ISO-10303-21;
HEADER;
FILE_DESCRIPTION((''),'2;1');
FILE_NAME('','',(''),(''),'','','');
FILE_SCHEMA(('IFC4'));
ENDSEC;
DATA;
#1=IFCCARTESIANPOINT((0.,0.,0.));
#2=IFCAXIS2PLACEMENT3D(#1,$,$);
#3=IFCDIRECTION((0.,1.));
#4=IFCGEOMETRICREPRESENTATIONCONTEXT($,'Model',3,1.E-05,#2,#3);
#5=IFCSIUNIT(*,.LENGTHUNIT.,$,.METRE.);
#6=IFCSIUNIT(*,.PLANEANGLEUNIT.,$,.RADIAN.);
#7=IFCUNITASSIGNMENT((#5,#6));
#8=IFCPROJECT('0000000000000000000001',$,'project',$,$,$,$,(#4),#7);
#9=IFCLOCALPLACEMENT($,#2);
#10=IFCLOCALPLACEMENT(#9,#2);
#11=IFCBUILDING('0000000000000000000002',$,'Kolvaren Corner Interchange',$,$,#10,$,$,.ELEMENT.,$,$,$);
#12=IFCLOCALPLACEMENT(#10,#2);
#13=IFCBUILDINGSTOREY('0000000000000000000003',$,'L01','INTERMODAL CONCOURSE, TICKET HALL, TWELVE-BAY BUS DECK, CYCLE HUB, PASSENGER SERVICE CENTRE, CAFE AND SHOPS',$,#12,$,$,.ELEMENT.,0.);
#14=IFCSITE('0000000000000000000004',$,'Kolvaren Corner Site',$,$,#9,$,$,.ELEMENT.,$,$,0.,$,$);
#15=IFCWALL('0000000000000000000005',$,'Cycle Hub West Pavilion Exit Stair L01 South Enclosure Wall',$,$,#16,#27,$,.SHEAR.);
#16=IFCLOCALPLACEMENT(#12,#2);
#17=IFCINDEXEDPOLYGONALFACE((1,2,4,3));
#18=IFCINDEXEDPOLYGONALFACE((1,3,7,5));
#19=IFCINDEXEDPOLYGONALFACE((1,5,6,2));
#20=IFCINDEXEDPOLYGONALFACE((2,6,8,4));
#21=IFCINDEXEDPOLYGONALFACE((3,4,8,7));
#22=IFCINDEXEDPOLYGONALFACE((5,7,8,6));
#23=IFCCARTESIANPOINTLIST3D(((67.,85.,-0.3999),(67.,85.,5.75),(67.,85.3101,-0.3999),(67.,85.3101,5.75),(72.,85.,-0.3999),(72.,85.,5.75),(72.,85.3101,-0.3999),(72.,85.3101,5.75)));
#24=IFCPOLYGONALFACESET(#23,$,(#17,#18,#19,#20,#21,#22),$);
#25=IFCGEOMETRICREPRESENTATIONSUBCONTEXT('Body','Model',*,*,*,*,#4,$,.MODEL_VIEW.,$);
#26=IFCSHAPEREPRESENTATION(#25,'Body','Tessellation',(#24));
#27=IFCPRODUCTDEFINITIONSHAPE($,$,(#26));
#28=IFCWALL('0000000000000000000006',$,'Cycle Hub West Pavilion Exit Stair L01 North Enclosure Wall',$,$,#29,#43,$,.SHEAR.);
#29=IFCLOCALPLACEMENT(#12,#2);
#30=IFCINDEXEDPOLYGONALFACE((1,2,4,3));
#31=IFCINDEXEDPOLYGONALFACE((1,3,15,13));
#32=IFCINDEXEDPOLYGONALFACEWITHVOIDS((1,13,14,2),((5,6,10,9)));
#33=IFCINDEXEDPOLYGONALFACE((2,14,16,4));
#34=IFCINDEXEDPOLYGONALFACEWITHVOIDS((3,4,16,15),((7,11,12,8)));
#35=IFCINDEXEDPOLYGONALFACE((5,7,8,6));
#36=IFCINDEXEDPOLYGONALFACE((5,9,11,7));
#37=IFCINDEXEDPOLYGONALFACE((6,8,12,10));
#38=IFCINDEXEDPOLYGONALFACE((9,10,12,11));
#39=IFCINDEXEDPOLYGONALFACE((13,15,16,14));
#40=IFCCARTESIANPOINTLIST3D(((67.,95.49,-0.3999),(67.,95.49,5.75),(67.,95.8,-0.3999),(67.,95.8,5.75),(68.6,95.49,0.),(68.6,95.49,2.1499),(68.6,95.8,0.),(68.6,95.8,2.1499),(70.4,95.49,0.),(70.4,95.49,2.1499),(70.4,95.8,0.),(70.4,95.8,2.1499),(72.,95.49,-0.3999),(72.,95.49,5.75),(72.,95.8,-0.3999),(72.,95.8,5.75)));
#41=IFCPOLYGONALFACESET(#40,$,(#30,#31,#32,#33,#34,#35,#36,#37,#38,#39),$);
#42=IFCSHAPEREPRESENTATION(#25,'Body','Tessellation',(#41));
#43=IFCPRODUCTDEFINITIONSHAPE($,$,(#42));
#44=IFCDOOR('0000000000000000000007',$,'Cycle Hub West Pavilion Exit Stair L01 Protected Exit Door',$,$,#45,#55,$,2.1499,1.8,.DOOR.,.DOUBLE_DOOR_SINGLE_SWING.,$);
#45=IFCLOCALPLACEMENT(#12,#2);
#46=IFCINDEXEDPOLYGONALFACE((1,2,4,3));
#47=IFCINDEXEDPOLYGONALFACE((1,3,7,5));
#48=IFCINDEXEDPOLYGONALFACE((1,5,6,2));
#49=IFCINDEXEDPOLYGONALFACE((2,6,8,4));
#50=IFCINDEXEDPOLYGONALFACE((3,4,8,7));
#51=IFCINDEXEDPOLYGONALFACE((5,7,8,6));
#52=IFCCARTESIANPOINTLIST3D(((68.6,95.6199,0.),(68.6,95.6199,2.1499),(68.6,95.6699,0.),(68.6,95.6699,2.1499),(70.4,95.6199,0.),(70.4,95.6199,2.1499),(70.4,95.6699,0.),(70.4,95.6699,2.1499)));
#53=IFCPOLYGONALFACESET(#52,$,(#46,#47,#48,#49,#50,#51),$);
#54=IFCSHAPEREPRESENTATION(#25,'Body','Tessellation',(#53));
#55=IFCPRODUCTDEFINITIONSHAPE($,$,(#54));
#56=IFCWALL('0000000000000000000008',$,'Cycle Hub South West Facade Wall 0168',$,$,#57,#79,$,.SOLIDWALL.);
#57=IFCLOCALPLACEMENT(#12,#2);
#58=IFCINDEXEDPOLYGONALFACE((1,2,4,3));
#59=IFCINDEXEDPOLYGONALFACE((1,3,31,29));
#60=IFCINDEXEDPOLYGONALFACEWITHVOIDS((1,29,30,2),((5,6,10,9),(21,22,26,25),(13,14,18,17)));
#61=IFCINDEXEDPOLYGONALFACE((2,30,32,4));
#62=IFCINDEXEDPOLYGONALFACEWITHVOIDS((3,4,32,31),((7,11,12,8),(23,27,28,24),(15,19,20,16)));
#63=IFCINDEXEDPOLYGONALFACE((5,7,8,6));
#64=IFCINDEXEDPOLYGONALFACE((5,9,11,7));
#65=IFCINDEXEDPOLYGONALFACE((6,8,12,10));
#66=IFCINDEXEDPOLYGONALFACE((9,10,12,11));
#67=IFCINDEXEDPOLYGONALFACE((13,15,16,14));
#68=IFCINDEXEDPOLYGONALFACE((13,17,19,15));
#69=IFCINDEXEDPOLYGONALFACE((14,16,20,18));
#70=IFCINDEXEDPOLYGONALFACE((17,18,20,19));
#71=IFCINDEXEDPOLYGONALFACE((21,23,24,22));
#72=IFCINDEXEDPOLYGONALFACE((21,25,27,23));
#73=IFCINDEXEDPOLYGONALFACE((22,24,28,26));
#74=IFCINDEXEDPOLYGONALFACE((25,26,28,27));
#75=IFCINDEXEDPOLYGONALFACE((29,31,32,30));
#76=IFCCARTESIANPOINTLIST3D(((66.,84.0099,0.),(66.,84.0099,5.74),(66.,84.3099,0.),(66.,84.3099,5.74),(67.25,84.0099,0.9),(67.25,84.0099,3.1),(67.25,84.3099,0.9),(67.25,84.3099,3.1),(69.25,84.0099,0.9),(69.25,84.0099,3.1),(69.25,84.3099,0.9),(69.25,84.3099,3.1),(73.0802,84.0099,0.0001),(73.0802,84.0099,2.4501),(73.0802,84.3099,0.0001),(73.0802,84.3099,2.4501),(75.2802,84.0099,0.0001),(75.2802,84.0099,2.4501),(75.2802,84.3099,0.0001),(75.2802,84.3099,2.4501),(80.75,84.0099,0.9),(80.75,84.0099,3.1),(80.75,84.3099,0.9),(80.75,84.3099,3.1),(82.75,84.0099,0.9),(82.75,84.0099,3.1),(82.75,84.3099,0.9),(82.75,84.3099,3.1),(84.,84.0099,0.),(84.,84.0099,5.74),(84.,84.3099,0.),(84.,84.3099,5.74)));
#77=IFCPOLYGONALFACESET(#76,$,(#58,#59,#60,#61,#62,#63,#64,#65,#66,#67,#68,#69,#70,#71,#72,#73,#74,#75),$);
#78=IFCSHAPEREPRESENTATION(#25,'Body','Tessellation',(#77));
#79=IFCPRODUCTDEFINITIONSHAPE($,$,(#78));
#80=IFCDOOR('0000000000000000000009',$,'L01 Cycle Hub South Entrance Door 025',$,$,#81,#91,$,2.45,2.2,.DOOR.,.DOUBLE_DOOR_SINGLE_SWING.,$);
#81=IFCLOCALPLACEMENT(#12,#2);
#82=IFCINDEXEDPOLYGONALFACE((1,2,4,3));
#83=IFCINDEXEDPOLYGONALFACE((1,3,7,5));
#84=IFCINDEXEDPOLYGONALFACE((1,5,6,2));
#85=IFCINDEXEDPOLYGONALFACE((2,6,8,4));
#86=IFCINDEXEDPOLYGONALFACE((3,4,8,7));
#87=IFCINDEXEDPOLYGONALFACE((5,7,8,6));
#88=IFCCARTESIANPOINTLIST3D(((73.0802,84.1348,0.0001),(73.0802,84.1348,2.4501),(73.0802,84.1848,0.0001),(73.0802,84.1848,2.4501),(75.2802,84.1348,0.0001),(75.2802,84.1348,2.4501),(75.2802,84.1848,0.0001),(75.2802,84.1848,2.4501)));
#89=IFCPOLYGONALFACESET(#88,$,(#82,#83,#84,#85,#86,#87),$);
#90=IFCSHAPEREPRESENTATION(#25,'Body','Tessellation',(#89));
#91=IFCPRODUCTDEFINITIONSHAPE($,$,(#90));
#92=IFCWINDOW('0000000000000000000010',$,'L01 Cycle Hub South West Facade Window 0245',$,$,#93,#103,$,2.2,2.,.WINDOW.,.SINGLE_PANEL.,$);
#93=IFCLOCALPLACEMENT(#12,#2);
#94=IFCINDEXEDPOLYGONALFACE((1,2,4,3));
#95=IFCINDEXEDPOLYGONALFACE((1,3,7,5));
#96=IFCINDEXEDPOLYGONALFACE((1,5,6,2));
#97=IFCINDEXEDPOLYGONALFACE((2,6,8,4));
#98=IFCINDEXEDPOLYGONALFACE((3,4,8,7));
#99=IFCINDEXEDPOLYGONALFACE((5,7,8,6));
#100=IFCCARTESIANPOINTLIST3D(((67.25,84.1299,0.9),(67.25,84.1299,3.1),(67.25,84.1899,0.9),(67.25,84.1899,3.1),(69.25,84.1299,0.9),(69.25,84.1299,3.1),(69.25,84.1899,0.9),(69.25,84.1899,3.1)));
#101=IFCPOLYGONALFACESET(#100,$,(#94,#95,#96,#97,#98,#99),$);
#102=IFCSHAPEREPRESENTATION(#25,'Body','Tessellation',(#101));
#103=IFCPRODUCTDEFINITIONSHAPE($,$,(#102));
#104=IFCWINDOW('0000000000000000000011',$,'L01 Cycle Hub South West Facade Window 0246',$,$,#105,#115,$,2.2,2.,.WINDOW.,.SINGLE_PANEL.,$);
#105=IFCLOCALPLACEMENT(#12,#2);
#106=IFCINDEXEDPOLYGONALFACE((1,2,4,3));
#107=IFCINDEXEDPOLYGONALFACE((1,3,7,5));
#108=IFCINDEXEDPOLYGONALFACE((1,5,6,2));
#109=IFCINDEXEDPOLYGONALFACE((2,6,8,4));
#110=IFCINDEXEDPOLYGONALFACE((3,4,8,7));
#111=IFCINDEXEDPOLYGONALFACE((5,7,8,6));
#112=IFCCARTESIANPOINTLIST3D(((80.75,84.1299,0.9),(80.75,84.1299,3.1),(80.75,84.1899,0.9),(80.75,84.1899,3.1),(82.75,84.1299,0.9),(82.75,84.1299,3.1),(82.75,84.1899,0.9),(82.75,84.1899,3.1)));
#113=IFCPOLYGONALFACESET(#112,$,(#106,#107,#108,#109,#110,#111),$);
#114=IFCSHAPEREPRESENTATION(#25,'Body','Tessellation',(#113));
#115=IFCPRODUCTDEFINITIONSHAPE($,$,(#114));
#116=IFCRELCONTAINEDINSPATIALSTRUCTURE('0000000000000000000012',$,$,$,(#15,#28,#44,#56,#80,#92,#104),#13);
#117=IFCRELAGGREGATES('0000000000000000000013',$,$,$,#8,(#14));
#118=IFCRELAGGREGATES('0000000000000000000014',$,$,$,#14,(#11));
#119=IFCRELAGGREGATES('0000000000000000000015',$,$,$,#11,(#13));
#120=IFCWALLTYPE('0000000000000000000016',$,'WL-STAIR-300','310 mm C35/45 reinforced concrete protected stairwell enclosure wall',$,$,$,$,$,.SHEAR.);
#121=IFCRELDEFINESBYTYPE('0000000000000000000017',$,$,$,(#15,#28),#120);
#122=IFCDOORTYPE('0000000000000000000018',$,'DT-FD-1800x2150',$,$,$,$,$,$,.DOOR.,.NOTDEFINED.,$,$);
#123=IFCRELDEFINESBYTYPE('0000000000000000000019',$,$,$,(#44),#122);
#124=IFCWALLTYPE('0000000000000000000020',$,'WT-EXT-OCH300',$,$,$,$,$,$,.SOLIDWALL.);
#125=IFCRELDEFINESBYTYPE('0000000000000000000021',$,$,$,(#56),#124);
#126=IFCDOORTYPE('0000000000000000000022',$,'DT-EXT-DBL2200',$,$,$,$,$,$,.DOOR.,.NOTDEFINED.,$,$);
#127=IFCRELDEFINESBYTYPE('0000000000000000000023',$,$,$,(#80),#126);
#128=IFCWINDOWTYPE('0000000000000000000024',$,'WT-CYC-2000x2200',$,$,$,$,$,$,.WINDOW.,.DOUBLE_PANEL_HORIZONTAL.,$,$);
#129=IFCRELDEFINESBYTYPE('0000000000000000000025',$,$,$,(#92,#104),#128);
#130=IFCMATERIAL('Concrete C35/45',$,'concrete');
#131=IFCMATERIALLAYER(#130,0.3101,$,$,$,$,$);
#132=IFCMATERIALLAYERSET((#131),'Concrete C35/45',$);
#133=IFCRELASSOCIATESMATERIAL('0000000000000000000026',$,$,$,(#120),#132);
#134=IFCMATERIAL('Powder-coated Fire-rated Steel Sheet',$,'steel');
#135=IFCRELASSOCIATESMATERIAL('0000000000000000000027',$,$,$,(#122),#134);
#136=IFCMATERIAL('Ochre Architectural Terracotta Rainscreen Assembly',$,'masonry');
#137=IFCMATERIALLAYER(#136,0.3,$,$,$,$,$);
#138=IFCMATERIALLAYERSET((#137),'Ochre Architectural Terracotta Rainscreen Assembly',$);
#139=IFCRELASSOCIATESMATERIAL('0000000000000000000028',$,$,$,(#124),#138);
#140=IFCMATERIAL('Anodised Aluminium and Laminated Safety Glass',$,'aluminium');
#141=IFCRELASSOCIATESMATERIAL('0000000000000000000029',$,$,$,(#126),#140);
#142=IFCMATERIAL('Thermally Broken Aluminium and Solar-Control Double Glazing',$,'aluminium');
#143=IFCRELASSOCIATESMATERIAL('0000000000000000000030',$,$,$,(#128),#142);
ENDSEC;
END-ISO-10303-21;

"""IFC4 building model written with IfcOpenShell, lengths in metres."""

from ifc_helpers import new_model, si_unit, direction, frame, frame_2d, origin, place, context, subcontext, project, spatial, rectangle, extrude, material, layer, layer_set, type_object, element, fill, save


model = new_model("IFC4")

# Units and contexts
model_context = context("Model", 3, precision=1e-05, world=origin(), true_north=direction((0.0, 1.0)))
body_context = subcontext(model_context, "Body", "Model", "MODEL_VIEW")
ifc_project = project(units=[si_unit("LENGTHUNIT", "METRE"), si_unit("PLANEANGLEUNIT", "RADIAN")], contexts=[model_context])

# Site, building, storey
site_placement = place(None, origin())
site = spatial("IfcSite", under=ifc_project, at=site_placement, Name="Kolvaren Corner Site", CompositionType="ELEMENT", RefElevation=0.0)
building_placement = place(site_placement, origin())
building = spatial("IfcBuilding", under=site, at=building_placement, Name="Kolvaren Corner Interchange", CompositionType="ELEMENT")
storey_placement = place(building_placement, origin())
storey = spatial("IfcBuildingStorey", under=building, at=storey_placement, Name="L01", Description="INTERMODAL CONCOURSE, TICKET HALL, TWELVE-BAY BUS DECK, CYCLE HUB, PASSENGER SERVICE CENTRE, CAFE AND SHOPS", CompositionType="ELEMENT", Elevation=0.0)

# Wall
ifc_material_1 = material(Name="Concrete C35/45", Category="concrete")
ifc_layer_1 = layer(ifc_material_1, 0.3101)
ifc_layer_set_1 = layer_set([ifc_layer_1], Name="Concrete C35/45")
wall_type_1 = type_object("IfcWallType", Name="WL-STAIR-300", Description="310 mm C35/45 reinforced concrete protected stairwell enclosure wall", PredefinedType="SHEAR", material=ifc_layer_set_1)
wall_1_placement = place(storey_placement, frame((67.0, 85.155, -0.3999), z_axis=(0.0, 0.0, 1.0), x_axis=(1.0, 0.0, 0.0)))
element("IfcWall", 1, at=wall_1_placement, inside=storey, type_object=wall_type_1, Name="Cycle Hub West Pavilion Exit Stair L01 South Enclosure Wall", PredefinedType="SHEAR", context=body_context, shape_type="SweptSolid", body=[
    extrude(rectangle(XDim=5.0, YDim=0.3101, at=frame_2d((2.5, 0.0))), origin(), (0.0, 0.0, 1.0), 6.1499),
])

# Wall, opening, door
wall_2_placement = place(storey_placement, frame((67.0, 95.645, -0.3999), z_axis=(0.0, 0.0, 1.0), x_axis=(1.0, 0.0, 0.0)))
wall_2 = element("IfcWall", 2, at=wall_2_placement, inside=storey, type_object=wall_type_1, Name="Cycle Hub West Pavilion Exit Stair L01 North Enclosure Wall", PredefinedType="SHEAR", context=body_context, shape_type="SweptSolid", body=[
    extrude(rectangle(XDim=5.0, YDim=0.3101, at=frame_2d((2.5, 0.0))), origin(), (0.0, 0.0, 1.0), 6.1499),
])
opening_1_placement = place(wall_2_placement, frame((1.6001, 0.0, 0.3999)))
opening_1 = element("IfcOpeningElement", 3, at=opening_1_placement, cuts=wall_2, PredefinedType="OPENING", context=body_context, shape_type="SweptSolid", body=[
    extrude(rectangle(XDim=1.8, YDim=2.1499, at=frame_2d((0.8999, 1.075))), frame((0.0, 0.165, 0.0), z_axis=(0.0, -1.0, 0.0), x_axis=(1.0, 0.0, 0.0)), (0.0, 0.0, 1.0), 0.3301),
])
ifc_material_2 = material(Name="Powder-coated Fire-rated Steel Sheet", Category="steel")
door_type_1 = type_object("IfcDoorType", Name="DT-FD-1800x2150", OperationType="NOTDEFINED", PredefinedType="DOOR", material=ifc_material_2)
door_1_placement = place(opening_1_placement, origin())
door_1 = element("IfcDoor", 4, at=door_1_placement, inside=storey, type_object=door_type_1, Name="Cycle Hub West Pavilion Exit Stair L01 Protected Exit Door", OperationType="DOUBLE_DOOR_SINGLE_SWING", OverallHeight=2.1499, OverallWidth=1.8, PredefinedType="DOOR", context=body_context, shape_type="SweptSolid", body=[
    extrude(rectangle(XDim=1.8, YDim=2.1499, at=frame_2d((0.8999, 1.075))), frame((0.0, 0.0249, 0.0), z_axis=(0.0, -1.0, 0.0), x_axis=(1.0, 0.0, 0.0)), (0.0, 0.0, 1.0), 0.05),
])
fill(opening_1, door_1)

# Wall, openings, door, windows
ifc_material_3 = material(Name="Ochre Architectural Terracotta Rainscreen Assembly", Category="masonry")
ifc_layer_2 = layer(ifc_material_3, 0.3)
ifc_layer_set_2 = layer_set([ifc_layer_2], Name="Ochre Architectural Terracotta Rainscreen Assembly")
wall_type_2 = type_object("IfcWallType", Name="WT-EXT-OCH300", PredefinedType="SOLIDWALL", material=ifc_layer_set_2)
wall_3_placement = place(storey_placement, frame((66.0, 84.1599, 0.0), z_axis=(0.0, 0.0, 1.0), x_axis=(1.0, 0.0, 0.0)))
wall_3 = element("IfcWall", 5, at=wall_3_placement, inside=storey, type_object=wall_type_2, Name="Cycle Hub South West Facade Wall 0168", PredefinedType="SOLIDWALL", context=body_context, shape_type="SweptSolid", body=[
    extrude(rectangle(XDim=18.0, YDim=0.3, at=frame_2d((9.0, 0.0))), origin(), (0.0, 0.0, 1.0), 5.74),
])
opening_2_placement = place(wall_3_placement, frame((7.0801, 0.0, 0.0)))
opening_2 = element("IfcOpeningElement", 6, at=opening_2_placement, cuts=wall_3, PredefinedType="OPENING", context=body_context, shape_type="SweptSolid", body=[
    extrude(rectangle(XDim=2.2, YDim=2.45, at=frame_2d((1.1001, 1.2251))), frame((0.0, 0.1599, 0.0), z_axis=(0.0, -1.0, 0.0), x_axis=(1.0, 0.0, 0.0)), (0.0, 0.0, 1.0), 0.3201),
])
opening_3_placement = place(wall_3_placement, frame((1.25, 0.0, 0.8999)))
opening_3 = element("IfcOpeningElement", 7, at=opening_3_placement, cuts=wall_3, PredefinedType="OPENING", context=body_context, shape_type="SweptSolid", body=[
    extrude(rectangle(XDim=2.0, YDim=2.2, at=frame_2d((1.0, 1.1001))), frame((0.0, 0.1599, 0.0), z_axis=(0.0, -1.0, 0.0), x_axis=(1.0, 0.0, 0.0)), (0.0, 0.0, 1.0), 0.3201),
])
opening_4_placement = place(wall_3_placement, frame((14.75, 0.0, 0.8999)))
opening_4 = element("IfcOpeningElement", 8, at=opening_4_placement, cuts=wall_3, PredefinedType="OPENING", context=body_context, shape_type="SweptSolid", body=[
    extrude(rectangle(XDim=2.0, YDim=2.2, at=frame_2d((1.0, 1.1001))), frame((0.0, 0.1599, 0.0), z_axis=(0.0, -1.0, 0.0), x_axis=(1.0, 0.0, 0.0)), (0.0, 0.0, 1.0), 0.3201),
])
ifc_material_4 = material(Name="Anodised Aluminium and Laminated Safety Glass", Category="aluminium")
door_type_2 = type_object("IfcDoorType", Name="DT-EXT-DBL2200", OperationType="NOTDEFINED", PredefinedType="DOOR", material=ifc_material_4)
door_2_placement = place(opening_2_placement, origin())
door_2 = element("IfcDoor", 9, at=door_2_placement, inside=storey, type_object=door_type_2, Name="L01 Cycle Hub South Entrance Door 025", OperationType="DOUBLE_DOOR_SINGLE_SWING", OverallHeight=2.45, OverallWidth=2.2, PredefinedType="DOOR", context=body_context, shape_type="SweptSolid", body=[
    extrude(rectangle(XDim=2.2, YDim=2.45, at=frame_2d((1.1001, 1.2251))), frame((0.0, 0.0249, 0.0), z_axis=(0.0, -1.0, 0.0), x_axis=(1.0, 0.0, 0.0)), (0.0, 0.0, 1.0), 0.05),
])
fill(opening_2, door_2)
ifc_material_5 = material(Name="Thermally Broken Aluminium and Solar-Control Double Glazing", Category="aluminium")
window_type = type_object("IfcWindowType", Name="WT-CYC-2000x2200", PartitioningType="DOUBLE_PANEL_HORIZONTAL", PredefinedType="WINDOW", material=ifc_material_5)
window_1_placement = place(opening_3_placement, origin())
window_1 = element("IfcWindow", 10, at=window_1_placement, inside=storey, type_object=window_type, Name="L01 Cycle Hub South West Facade Window 0245", OverallHeight=2.2, OverallWidth=2.0, PartitioningType="SINGLE_PANEL", PredefinedType="WINDOW", context=body_context, shape_type="SweptSolid", body=[
    extrude(rectangle(XDim=2.0, YDim=2.2, at=frame_2d((1.0, 1.1001))), frame((0.0, 0.03, 0.0), z_axis=(0.0, -1.0, 0.0), x_axis=(1.0, 0.0, 0.0)), (0.0, 0.0, 1.0), 0.0601),
])
fill(opening_3, window_1)
window_2_placement = place(opening_4_placement, origin())
window_2 = element("IfcWindow", 11, at=window_2_placement, inside=storey, type_object=window_type, Name="L01 Cycle Hub South West Facade Window 0246", OverallHeight=2.2, OverallWidth=2.0, PartitioningType="SINGLE_PANEL", PredefinedType="WINDOW", context=body_context, shape_type="SweptSolid", body=[
    extrude(rectangle(XDim=2.0, YDim=2.2, at=frame_2d((1.0, 1.1001))), frame((0.0, 0.03, 0.0), z_axis=(0.0, -1.0, 0.0), x_axis=(1.0, 0.0, 0.0)), (0.0, 0.0, 1.0), 0.0601),
])
fill(opening_4, window_2)

save(model, "model.ifc")
